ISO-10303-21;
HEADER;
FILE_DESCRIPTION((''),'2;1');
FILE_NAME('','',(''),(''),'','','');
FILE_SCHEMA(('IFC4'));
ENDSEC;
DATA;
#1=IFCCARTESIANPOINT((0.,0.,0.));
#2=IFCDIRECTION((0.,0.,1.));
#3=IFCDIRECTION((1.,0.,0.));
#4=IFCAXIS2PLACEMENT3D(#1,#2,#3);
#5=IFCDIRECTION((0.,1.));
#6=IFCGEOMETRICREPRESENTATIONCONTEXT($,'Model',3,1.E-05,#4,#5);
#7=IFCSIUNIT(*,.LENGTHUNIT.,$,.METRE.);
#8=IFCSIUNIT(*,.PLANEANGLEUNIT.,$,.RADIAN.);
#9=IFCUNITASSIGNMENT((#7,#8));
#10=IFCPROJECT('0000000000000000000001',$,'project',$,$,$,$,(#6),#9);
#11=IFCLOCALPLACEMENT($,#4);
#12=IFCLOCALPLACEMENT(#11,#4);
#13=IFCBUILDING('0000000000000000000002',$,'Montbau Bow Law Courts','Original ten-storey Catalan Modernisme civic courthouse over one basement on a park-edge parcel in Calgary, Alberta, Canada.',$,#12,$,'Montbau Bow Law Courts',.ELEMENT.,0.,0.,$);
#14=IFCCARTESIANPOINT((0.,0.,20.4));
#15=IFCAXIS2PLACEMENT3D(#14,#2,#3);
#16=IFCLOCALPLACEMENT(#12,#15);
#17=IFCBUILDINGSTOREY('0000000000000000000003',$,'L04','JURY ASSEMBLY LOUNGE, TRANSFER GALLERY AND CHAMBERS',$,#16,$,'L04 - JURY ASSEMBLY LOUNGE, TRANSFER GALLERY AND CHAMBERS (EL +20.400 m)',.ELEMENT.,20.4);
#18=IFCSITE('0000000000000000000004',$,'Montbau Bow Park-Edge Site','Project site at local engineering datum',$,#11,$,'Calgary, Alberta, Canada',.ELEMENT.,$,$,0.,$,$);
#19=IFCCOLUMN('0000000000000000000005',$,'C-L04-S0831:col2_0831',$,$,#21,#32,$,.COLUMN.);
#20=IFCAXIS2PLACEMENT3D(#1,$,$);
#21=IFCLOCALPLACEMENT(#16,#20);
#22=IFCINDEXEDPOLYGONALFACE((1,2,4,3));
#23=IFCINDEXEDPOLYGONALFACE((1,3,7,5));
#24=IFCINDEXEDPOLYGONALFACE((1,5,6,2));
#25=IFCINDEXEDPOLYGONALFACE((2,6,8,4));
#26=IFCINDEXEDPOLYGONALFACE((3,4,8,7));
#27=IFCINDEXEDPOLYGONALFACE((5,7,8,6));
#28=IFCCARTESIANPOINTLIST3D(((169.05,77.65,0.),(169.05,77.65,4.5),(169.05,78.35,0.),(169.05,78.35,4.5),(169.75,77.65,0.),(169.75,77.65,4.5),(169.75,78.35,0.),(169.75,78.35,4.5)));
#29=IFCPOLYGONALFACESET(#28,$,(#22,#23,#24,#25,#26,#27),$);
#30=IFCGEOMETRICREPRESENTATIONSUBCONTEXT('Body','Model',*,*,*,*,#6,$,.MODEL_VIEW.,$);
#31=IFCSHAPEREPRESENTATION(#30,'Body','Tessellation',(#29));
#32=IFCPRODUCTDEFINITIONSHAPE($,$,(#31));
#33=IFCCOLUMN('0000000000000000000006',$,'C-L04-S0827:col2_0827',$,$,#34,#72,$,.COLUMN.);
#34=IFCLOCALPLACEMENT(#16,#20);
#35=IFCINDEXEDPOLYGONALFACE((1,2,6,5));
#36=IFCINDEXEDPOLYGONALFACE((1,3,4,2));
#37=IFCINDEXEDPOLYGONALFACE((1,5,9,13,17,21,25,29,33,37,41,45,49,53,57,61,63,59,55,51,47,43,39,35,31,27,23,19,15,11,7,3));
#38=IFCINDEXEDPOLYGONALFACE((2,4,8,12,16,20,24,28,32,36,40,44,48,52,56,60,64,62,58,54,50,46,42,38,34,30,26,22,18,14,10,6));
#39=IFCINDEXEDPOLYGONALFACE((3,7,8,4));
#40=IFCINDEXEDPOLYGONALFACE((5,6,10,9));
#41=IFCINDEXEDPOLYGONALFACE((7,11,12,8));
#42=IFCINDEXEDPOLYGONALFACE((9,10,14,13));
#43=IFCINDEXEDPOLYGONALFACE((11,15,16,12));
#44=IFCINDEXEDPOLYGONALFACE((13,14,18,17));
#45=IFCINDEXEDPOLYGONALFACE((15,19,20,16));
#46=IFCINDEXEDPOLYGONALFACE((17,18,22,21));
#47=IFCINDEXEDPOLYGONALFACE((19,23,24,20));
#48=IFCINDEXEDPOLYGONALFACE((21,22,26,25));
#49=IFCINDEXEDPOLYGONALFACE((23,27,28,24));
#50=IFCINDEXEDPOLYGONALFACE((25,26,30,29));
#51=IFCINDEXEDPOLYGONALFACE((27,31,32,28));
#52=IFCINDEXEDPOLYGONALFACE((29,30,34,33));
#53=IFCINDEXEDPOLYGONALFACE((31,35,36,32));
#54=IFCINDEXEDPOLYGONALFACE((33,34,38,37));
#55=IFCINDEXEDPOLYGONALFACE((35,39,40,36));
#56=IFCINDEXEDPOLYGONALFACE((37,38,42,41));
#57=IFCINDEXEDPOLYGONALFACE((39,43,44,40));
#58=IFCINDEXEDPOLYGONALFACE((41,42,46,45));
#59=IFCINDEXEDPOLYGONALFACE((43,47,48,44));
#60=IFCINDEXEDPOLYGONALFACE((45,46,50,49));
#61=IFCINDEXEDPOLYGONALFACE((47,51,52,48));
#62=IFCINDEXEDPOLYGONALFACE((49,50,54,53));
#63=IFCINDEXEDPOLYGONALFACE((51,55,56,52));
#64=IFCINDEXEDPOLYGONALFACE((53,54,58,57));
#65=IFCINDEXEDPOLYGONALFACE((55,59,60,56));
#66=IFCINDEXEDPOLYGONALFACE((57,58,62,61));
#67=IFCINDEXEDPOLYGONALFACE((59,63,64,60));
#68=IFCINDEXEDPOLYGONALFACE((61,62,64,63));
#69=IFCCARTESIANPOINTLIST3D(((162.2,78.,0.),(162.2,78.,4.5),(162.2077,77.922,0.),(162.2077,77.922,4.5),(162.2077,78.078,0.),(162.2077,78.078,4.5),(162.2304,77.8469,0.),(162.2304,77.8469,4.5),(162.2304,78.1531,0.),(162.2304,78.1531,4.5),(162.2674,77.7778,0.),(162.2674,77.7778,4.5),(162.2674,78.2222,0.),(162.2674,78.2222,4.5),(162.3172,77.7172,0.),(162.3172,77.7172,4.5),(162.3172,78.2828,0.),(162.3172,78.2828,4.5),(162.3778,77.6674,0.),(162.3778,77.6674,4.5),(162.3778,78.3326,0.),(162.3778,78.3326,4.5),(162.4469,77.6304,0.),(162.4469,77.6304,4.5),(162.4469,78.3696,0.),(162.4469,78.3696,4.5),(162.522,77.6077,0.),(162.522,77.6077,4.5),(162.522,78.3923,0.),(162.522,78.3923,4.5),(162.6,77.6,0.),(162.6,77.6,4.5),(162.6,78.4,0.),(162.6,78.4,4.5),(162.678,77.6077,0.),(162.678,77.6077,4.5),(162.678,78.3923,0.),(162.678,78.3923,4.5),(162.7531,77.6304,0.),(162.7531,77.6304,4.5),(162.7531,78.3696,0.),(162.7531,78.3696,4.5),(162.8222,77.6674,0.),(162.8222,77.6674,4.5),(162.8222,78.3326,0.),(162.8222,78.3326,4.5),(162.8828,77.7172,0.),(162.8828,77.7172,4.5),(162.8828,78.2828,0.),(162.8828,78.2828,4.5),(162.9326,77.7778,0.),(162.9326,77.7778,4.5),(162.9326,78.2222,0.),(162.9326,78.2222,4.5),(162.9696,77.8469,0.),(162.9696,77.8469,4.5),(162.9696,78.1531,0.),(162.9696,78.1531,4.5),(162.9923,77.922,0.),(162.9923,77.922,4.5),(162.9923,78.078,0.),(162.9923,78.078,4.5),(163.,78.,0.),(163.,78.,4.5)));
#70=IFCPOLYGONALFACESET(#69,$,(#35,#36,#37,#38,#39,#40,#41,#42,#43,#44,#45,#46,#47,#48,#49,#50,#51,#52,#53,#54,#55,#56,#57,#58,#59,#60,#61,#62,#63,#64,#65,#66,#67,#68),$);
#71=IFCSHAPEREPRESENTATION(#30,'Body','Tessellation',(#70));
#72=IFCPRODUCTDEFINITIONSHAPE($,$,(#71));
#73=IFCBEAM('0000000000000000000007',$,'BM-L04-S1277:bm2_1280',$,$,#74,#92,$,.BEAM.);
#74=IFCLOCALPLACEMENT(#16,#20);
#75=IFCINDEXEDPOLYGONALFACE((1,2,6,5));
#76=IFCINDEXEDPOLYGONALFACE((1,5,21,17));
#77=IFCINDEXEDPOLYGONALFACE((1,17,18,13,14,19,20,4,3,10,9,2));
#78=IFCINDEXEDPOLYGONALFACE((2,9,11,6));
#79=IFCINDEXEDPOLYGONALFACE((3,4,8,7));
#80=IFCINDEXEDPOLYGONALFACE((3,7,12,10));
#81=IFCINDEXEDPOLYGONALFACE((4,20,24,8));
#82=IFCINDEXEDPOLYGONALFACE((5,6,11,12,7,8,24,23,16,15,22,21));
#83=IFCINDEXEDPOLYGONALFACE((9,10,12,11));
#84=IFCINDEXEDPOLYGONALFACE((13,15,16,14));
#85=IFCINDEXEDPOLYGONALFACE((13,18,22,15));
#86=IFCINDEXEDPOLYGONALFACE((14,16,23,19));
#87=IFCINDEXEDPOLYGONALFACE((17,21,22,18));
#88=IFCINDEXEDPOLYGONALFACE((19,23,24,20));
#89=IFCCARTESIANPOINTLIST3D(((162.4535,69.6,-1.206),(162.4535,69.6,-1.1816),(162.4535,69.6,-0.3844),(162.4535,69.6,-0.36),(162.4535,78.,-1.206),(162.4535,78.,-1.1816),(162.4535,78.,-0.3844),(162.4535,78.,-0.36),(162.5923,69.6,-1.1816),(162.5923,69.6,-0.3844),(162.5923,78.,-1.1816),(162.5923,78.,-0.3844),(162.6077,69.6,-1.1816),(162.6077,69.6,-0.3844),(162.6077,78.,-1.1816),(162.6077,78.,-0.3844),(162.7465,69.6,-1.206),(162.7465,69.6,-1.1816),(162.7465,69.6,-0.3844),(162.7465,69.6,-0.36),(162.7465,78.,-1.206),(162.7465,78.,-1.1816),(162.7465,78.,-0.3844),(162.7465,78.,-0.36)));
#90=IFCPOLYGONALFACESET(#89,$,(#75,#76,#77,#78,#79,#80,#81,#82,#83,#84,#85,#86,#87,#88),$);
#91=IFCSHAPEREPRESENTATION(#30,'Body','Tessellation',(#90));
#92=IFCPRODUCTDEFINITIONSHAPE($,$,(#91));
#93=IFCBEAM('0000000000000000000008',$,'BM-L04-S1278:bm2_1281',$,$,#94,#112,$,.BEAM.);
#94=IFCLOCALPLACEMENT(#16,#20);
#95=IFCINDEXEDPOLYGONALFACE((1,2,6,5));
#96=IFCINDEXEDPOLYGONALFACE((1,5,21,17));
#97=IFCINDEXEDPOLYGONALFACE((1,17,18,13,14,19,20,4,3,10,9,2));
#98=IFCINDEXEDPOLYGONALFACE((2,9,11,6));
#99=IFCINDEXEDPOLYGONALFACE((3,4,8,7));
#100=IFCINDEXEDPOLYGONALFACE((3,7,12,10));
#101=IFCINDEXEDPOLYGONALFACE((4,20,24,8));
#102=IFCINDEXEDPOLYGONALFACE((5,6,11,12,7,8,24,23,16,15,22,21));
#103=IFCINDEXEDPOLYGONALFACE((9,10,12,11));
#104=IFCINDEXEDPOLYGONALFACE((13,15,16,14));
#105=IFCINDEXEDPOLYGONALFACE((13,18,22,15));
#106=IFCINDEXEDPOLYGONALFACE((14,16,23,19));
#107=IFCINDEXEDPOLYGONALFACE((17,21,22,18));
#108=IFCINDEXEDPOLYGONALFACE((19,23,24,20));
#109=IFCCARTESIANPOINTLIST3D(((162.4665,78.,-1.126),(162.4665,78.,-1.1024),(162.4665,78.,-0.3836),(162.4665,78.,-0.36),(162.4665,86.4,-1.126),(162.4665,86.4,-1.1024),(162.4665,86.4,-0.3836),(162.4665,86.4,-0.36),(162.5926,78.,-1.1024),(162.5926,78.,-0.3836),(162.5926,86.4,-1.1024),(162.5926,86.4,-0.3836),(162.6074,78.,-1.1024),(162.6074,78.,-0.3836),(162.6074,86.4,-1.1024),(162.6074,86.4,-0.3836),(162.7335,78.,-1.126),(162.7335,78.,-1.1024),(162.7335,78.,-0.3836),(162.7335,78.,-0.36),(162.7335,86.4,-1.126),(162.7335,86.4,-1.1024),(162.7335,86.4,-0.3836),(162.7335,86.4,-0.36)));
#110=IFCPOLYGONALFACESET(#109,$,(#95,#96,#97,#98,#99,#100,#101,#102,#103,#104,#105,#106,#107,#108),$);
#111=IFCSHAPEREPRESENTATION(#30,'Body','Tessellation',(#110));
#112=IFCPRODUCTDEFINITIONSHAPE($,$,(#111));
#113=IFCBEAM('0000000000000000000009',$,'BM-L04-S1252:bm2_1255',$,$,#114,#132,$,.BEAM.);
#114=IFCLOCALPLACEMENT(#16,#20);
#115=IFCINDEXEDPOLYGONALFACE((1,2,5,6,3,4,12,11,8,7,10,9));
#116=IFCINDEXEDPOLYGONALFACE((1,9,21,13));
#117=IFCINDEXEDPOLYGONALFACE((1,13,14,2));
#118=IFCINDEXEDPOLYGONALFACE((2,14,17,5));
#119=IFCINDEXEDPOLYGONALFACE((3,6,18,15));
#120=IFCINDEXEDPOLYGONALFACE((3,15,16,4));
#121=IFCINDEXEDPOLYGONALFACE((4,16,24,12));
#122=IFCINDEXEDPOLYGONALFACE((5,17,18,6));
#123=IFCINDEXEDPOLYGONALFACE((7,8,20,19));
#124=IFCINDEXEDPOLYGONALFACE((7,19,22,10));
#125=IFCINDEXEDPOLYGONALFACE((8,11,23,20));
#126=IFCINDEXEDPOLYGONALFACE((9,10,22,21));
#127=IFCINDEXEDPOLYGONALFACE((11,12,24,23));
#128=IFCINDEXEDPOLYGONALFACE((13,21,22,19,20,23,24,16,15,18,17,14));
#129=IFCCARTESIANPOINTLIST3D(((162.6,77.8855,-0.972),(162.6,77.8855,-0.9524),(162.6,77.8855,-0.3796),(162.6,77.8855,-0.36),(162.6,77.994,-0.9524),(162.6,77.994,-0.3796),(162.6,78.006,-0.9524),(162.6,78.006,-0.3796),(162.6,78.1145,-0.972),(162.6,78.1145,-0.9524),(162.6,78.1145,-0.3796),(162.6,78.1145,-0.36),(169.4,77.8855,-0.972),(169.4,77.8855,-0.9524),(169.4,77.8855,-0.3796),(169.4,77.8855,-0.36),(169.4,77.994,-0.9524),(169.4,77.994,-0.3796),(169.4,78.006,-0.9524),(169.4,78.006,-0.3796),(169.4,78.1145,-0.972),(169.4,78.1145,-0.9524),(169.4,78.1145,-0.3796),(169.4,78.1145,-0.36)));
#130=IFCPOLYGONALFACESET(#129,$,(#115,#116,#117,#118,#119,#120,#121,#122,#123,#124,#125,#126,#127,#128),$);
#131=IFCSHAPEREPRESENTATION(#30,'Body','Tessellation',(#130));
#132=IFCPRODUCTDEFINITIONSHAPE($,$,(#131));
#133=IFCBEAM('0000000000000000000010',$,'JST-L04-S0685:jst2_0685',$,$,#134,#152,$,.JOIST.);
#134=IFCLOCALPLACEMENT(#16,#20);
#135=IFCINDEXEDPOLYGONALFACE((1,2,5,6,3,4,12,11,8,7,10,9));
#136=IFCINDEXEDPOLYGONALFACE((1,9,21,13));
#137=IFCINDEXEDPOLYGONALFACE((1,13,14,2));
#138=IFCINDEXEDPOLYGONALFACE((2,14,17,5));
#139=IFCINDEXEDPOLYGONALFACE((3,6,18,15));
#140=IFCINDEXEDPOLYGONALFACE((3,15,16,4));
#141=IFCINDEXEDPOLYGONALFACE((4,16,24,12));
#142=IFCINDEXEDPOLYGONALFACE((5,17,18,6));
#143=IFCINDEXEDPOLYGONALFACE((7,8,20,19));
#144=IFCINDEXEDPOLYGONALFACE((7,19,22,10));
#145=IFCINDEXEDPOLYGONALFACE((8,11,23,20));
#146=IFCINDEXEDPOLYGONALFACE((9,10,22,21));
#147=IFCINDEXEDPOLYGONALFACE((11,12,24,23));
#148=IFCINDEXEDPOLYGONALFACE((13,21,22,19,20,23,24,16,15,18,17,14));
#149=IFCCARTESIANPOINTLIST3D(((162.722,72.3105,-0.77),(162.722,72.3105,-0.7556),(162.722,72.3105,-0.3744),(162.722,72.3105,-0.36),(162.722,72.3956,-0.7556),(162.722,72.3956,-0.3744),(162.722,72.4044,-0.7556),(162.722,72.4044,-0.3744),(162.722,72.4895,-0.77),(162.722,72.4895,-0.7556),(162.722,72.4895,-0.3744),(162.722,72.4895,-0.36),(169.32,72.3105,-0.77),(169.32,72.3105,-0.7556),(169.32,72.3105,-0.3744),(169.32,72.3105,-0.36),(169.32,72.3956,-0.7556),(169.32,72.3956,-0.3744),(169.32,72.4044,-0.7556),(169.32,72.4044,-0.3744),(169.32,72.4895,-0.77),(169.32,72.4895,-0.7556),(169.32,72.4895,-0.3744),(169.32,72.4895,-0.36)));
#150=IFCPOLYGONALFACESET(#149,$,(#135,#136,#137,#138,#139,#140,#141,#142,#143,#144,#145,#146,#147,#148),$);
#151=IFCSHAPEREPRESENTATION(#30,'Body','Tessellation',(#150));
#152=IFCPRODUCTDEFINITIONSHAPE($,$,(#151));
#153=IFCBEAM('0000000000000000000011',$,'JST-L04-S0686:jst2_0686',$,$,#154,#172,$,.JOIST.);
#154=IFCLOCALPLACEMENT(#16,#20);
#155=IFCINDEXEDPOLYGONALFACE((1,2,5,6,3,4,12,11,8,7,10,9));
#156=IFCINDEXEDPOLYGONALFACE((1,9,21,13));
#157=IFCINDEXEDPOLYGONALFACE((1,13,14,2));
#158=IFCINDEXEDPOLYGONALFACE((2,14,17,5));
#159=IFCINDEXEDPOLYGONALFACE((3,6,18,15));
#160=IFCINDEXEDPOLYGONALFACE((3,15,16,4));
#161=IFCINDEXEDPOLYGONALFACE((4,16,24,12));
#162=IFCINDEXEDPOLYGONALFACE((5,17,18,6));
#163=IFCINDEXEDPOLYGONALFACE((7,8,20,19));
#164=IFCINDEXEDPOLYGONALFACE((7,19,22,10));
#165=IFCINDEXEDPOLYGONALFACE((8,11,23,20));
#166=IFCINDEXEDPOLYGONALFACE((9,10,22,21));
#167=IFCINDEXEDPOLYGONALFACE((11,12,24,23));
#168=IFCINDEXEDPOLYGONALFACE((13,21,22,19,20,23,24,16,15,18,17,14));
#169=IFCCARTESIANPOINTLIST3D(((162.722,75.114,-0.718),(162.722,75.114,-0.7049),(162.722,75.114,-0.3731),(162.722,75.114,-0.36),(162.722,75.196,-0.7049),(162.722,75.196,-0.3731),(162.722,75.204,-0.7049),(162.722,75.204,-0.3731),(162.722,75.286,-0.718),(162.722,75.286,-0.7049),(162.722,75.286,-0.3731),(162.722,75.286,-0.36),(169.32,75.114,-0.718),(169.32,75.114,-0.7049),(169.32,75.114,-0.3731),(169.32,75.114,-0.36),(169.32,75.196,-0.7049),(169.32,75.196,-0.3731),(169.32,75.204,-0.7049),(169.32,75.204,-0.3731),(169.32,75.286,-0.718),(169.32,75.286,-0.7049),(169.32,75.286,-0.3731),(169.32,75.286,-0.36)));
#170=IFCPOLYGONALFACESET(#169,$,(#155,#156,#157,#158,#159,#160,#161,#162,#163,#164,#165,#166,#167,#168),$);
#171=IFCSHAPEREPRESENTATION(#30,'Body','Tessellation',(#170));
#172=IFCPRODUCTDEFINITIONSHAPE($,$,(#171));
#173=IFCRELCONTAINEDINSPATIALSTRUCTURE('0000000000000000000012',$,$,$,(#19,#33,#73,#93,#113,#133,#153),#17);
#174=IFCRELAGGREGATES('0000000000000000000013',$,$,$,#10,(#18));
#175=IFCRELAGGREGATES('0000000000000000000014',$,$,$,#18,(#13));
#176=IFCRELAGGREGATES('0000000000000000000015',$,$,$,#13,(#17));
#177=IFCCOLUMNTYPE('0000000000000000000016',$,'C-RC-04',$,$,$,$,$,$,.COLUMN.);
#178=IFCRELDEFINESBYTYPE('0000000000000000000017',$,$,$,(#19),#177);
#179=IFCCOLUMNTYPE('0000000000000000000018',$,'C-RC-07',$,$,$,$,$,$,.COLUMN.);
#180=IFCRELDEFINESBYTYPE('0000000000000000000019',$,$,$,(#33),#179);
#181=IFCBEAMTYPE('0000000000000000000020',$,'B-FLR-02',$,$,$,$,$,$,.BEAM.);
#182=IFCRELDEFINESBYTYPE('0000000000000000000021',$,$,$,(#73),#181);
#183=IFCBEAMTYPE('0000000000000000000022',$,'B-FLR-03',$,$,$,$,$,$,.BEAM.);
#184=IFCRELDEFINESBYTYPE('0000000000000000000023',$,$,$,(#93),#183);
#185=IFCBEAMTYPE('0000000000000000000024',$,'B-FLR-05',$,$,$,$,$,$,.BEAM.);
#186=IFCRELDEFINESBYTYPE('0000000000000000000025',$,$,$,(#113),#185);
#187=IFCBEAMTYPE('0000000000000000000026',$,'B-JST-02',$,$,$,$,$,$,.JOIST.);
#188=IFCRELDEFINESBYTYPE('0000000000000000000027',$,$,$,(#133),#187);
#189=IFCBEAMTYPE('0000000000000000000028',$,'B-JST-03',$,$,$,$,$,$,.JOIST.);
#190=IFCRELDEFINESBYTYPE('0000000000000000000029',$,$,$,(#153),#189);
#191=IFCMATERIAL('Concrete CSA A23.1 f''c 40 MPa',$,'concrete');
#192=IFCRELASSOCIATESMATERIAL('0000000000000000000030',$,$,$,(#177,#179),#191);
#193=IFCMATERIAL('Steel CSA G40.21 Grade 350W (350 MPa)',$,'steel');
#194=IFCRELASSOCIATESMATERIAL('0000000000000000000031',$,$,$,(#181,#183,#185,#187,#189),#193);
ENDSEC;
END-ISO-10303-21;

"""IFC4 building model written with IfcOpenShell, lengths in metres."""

from ifc_helpers import new_model, si_unit, direction, frame, origin_with_axes, origin_2d_with_axis, place, context, subcontext, project, spatial, rectangle, circle, i_section, extrude, material, material_profile, profile_set, type_object, element, save


model = new_model("IFC4")

# Units and contexts
model_context = context("Model", 3, precision=1e-05, world=origin_with_axes(), true_north=direction((0.0, 1.0)))
body_context = subcontext(model_context, "Body", "Model", "MODEL_VIEW")
ifc_project = project(units=[si_unit("LENGTHUNIT", "METRE"), si_unit("PLANEANGLEUNIT", "RADIAN")], contexts=[model_context])

# Site, building, storey
site_placement = place(None, origin_with_axes())
site = spatial("IfcSite", under=ifc_project, at=site_placement, Name="Montbau Bow Park-Edge Site", Description="Project site at local engineering datum", LongName="Calgary, Alberta, Canada", CompositionType="ELEMENT", RefElevation=0.0)
building_placement = place(site_placement, origin_with_axes())
building = spatial("IfcBuilding", under=site, at=building_placement, Name="Montbau Bow Law Courts", Description="Original ten-storey Catalan Modernisme civic courthouse over one basement on a park-edge parcel in Calgary, Alberta, Canada.", LongName="Montbau Bow Law Courts", CompositionType="ELEMENT", ElevationOfRefHeight=0.0, ElevationOfTerrain=0.0)
storey_placement = place(building_placement, frame((0.0, 0.0, 20.4), z_axis=(0.0, 0.0, 1.0), x_axis=(1.0, 0.0, 0.0)))
storey = spatial("IfcBuildingStorey", under=building, at=storey_placement, Name="L04", Description="JURY ASSEMBLY LOUNGE, TRANSFER GALLERY AND CHAMBERS", LongName="L04 - JURY ASSEMBLY LOUNGE, TRANSFER GALLERY AND CHAMBERS (EL +20.400 m)", CompositionType="ELEMENT", Elevation=20.4)

# Columns
ifc_material_1 = material(Name="Concrete CSA A23.1 f'c 40 MPa", Category="concrete")
ifc_material_profile_1 = material_profile(ifc_material_1, rectangle(XDim=0.7, YDim=0.7, at=origin_2d_with_axis()), Name="RC700X700", Category="Main", Priority=0)
ifc_profile_set_1 = profile_set([ifc_material_profile_1], Name="Concrete CSA A23.1 f'c 40 MPa")
column_type_1 = type_object("IfcColumnType", Name="C-RC-04", PredefinedType="COLUMN", material=ifc_profile_set_1)
column_1_placement = place(None, frame((169.4, 78.0, 20.4), z_axis=(0.0, 0.0, 1.0), x_axis=(1.0, 0.0, 0.0)))
element("IfcColumn", 1, at=column_1_placement, inside=storey, type_object=column_type_1, Name="C-L04-S0831:col2_0831", PredefinedType="COLUMN", context=body_context, shape_type="SweptSolid", body=[
    extrude(rectangle(XDim=0.7, YDim=0.7, at=origin_2d_with_axis()), origin_with_axes(), (0.0, 0.0, 1.0), 4.5),
])
ifc_material_profile_2 = material_profile(ifc_material_1, circle(Radius=0.4, at=origin_2d_with_axis()), Name="RC800D", Category="Main", Priority=0)
ifc_profile_set_2 = profile_set([ifc_material_profile_2], Name="Concrete CSA A23.1 f'c 40 MPa")
column_type_2 = type_object("IfcColumnType", Name="C-RC-07", PredefinedType="COLUMN", material=ifc_profile_set_2)
column_2_placement = place(None, frame((162.6, 78.0, 20.4), z_axis=(0.0, 0.0, 1.0), x_axis=(1.0, 0.0, 0.0)))
element("IfcColumn", 2, at=column_2_placement, inside=storey, type_object=column_type_2, Name="C-L04-S0827:col2_0827", PredefinedType="COLUMN", context=body_context, shape_type="SweptSolid", body=[
    extrude(circle(Radius=0.4, at=origin_2d_with_axis()), origin_with_axes(), (0.0, 0.0, 1.0), 4.5),
])

# Beams
ifc_material_2 = material(Name="Steel CSA G40.21 Grade 350W (350 MPa)", Category="steel")
ifc_material_profile_3 = material_profile(ifc_material_2, i_section(OverallWidth=0.293, OverallDepth=0.846, WebThickness=0.0154, FlangeThickness=0.0244, at=origin_2d_with_axis()), Name="W840X210", Category="Main", Priority=0)
ifc_profile_set_3 = profile_set([ifc_material_profile_3], Name="Steel CSA G40.21 Grade 350W (350 MPa)")
beam_type_1 = type_object("IfcBeamType", Name="B-FLR-02", PredefinedType="BEAM", material=ifc_profile_set_3)
beam_1_placement = place(None, frame((162.6, 69.6, 19.617), z_axis=(0.0, 1.0, 0.0), x_axis=(-1.0, 0.0, 0.0)))
element("IfcBeam", 3, at=beam_1_placement, inside=storey, type_object=beam_type_1, Name="BM-L04-S1277:bm2_1280", PredefinedType="BEAM", context=body_context, shape_type="SweptSolid", body=[
    extrude(i_section(OverallWidth=0.293, OverallDepth=0.846, WebThickness=0.0154, FlangeThickness=0.0244, at=origin_2d_with_axis()), origin_with_axes(), (0.0, 0.0, 1.0), 8.4),
])
ifc_material_profile_4 = material_profile(ifc_material_2, i_section(OverallWidth=0.267, OverallDepth=0.766, WebThickness=0.0149, FlangeThickness=0.0236, at=origin_2d_with_axis()), Name="W760X185", Category="Main", Priority=0)
ifc_profile_set_4 = profile_set([ifc_material_profile_4], Name="Steel CSA G40.21 Grade 350W (350 MPa)")
beam_type_2 = type_object("IfcBeamType", Name="B-FLR-03", PredefinedType="BEAM", material=ifc_profile_set_4)
beam_2_placement = place(None, frame((162.6, 78.0, 19.657), z_axis=(0.0, 1.0, 0.0), x_axis=(-1.0, 0.0, 0.0)))
element("IfcBeam", 4, at=beam_2_placement, inside=storey, type_object=beam_type_2, Name="BM-L04-S1278:bm2_1281", PredefinedType="BEAM", context=body_context, shape_type="SweptSolid", body=[
    extrude(i_section(OverallWidth=0.267, OverallDepth=0.766, WebThickness=0.0149, FlangeThickness=0.0236, at=origin_2d_with_axis()), origin_with_axes(), (0.0, 0.0, 1.0), 8.4),
])
ifc_material_profile_5 = material_profile(ifc_material_2, i_section(OverallWidth=0.229, OverallDepth=0.612, WebThickness=0.0119, FlangeThickness=0.0196, at=origin_2d_with_axis()), Name="W610X125", Category="Main", Priority=0)
ifc_profile_set_5 = profile_set([ifc_material_profile_5], Name="Steel CSA G40.21 Grade 350W (350 MPa)")
beam_type_3 = type_object("IfcBeamType", Name="B-FLR-05", PredefinedType="BEAM", material=ifc_profile_set_5)
beam_3_placement = place(None, frame((162.6, 78.0, 19.734), z_axis=(1.0, 0.0, 0.0), x_axis=(0.0, 1.0, 0.0)))
element("IfcBeam", 5, at=beam_3_placement, inside=storey, type_object=beam_type_3, Name="BM-L04-S1252:bm2_1255", PredefinedType="BEAM", context=body_context, shape_type="SweptSolid", body=[
    extrude(i_section(OverallWidth=0.229, OverallDepth=0.612, WebThickness=0.0119, FlangeThickness=0.0196, at=origin_2d_with_axis()), origin_with_axes(), (0.0, 0.0, 1.0), 6.8),
])
ifc_material_profile_6 = material_profile(ifc_material_2, i_section(OverallWidth=0.179, OverallDepth=0.41, WebThickness=0.0088, FlangeThickness=0.0144, at=origin_2d_with_axis()), Name="W410X67", Category="Main", Priority=0)
ifc_profile_set_6 = profile_set([ifc_material_profile_6], Name="Steel CSA G40.21 Grade 350W (350 MPa)")
beam_type_4 = type_object("IfcBeamType", Name="B-JST-02", PredefinedType="JOIST", material=ifc_profile_set_6)
beam_4_placement = place(None, frame((162.722, 72.4, 19.835), z_axis=(1.0, 0.0, 0.0), x_axis=(0.0, 1.0, 0.0)))
element("IfcBeam", 6, at=beam_4_placement, inside=storey, type_object=beam_type_4, Name="JST-L04-S0685:jst2_0685", PredefinedType="JOIST", context=body_context, shape_type="SweptSolid", body=[
    extrude(i_section(OverallWidth=0.179, OverallDepth=0.41, WebThickness=0.0088, FlangeThickness=0.0144, at=origin_2d_with_axis()), origin_with_axes(), (0.0, 0.0, 1.0), 6.598),
])
ifc_material_profile_7 = material_profile(ifc_material_2, i_section(OverallWidth=0.172, OverallDepth=0.358, WebThickness=0.0079, FlangeThickness=0.0131, at=origin_2d_with_axis()), Name="W360X57", Category="Main", Priority=0)
ifc_profile_set_7 = profile_set([ifc_material_profile_7], Name="Steel CSA G40.21 Grade 350W (350 MPa)")
beam_type_5 = type_object("IfcBeamType", Name="B-JST-03", PredefinedType="JOIST", material=ifc_profile_set_7)
beam_5_placement = place(None, frame((162.722, 75.2, 19.861), z_axis=(1.0, 0.0, 0.0), x_axis=(0.0, 1.0, 0.0)))
element("IfcBeam", 7, at=beam_5_placement, inside=storey, type_object=beam_type_5, Name="JST-L04-S0686:jst2_0686", PredefinedType="JOIST", context=body_context, shape_type="SweptSolid", body=[
    extrude(i_section(OverallWidth=0.172, OverallDepth=0.358, WebThickness=0.0079, FlangeThickness=0.0131, at=origin_2d_with_axis()), origin_with_axes(), (0.0, 0.0, 1.0), 6.598),
])

save(model, "model.ifc")
